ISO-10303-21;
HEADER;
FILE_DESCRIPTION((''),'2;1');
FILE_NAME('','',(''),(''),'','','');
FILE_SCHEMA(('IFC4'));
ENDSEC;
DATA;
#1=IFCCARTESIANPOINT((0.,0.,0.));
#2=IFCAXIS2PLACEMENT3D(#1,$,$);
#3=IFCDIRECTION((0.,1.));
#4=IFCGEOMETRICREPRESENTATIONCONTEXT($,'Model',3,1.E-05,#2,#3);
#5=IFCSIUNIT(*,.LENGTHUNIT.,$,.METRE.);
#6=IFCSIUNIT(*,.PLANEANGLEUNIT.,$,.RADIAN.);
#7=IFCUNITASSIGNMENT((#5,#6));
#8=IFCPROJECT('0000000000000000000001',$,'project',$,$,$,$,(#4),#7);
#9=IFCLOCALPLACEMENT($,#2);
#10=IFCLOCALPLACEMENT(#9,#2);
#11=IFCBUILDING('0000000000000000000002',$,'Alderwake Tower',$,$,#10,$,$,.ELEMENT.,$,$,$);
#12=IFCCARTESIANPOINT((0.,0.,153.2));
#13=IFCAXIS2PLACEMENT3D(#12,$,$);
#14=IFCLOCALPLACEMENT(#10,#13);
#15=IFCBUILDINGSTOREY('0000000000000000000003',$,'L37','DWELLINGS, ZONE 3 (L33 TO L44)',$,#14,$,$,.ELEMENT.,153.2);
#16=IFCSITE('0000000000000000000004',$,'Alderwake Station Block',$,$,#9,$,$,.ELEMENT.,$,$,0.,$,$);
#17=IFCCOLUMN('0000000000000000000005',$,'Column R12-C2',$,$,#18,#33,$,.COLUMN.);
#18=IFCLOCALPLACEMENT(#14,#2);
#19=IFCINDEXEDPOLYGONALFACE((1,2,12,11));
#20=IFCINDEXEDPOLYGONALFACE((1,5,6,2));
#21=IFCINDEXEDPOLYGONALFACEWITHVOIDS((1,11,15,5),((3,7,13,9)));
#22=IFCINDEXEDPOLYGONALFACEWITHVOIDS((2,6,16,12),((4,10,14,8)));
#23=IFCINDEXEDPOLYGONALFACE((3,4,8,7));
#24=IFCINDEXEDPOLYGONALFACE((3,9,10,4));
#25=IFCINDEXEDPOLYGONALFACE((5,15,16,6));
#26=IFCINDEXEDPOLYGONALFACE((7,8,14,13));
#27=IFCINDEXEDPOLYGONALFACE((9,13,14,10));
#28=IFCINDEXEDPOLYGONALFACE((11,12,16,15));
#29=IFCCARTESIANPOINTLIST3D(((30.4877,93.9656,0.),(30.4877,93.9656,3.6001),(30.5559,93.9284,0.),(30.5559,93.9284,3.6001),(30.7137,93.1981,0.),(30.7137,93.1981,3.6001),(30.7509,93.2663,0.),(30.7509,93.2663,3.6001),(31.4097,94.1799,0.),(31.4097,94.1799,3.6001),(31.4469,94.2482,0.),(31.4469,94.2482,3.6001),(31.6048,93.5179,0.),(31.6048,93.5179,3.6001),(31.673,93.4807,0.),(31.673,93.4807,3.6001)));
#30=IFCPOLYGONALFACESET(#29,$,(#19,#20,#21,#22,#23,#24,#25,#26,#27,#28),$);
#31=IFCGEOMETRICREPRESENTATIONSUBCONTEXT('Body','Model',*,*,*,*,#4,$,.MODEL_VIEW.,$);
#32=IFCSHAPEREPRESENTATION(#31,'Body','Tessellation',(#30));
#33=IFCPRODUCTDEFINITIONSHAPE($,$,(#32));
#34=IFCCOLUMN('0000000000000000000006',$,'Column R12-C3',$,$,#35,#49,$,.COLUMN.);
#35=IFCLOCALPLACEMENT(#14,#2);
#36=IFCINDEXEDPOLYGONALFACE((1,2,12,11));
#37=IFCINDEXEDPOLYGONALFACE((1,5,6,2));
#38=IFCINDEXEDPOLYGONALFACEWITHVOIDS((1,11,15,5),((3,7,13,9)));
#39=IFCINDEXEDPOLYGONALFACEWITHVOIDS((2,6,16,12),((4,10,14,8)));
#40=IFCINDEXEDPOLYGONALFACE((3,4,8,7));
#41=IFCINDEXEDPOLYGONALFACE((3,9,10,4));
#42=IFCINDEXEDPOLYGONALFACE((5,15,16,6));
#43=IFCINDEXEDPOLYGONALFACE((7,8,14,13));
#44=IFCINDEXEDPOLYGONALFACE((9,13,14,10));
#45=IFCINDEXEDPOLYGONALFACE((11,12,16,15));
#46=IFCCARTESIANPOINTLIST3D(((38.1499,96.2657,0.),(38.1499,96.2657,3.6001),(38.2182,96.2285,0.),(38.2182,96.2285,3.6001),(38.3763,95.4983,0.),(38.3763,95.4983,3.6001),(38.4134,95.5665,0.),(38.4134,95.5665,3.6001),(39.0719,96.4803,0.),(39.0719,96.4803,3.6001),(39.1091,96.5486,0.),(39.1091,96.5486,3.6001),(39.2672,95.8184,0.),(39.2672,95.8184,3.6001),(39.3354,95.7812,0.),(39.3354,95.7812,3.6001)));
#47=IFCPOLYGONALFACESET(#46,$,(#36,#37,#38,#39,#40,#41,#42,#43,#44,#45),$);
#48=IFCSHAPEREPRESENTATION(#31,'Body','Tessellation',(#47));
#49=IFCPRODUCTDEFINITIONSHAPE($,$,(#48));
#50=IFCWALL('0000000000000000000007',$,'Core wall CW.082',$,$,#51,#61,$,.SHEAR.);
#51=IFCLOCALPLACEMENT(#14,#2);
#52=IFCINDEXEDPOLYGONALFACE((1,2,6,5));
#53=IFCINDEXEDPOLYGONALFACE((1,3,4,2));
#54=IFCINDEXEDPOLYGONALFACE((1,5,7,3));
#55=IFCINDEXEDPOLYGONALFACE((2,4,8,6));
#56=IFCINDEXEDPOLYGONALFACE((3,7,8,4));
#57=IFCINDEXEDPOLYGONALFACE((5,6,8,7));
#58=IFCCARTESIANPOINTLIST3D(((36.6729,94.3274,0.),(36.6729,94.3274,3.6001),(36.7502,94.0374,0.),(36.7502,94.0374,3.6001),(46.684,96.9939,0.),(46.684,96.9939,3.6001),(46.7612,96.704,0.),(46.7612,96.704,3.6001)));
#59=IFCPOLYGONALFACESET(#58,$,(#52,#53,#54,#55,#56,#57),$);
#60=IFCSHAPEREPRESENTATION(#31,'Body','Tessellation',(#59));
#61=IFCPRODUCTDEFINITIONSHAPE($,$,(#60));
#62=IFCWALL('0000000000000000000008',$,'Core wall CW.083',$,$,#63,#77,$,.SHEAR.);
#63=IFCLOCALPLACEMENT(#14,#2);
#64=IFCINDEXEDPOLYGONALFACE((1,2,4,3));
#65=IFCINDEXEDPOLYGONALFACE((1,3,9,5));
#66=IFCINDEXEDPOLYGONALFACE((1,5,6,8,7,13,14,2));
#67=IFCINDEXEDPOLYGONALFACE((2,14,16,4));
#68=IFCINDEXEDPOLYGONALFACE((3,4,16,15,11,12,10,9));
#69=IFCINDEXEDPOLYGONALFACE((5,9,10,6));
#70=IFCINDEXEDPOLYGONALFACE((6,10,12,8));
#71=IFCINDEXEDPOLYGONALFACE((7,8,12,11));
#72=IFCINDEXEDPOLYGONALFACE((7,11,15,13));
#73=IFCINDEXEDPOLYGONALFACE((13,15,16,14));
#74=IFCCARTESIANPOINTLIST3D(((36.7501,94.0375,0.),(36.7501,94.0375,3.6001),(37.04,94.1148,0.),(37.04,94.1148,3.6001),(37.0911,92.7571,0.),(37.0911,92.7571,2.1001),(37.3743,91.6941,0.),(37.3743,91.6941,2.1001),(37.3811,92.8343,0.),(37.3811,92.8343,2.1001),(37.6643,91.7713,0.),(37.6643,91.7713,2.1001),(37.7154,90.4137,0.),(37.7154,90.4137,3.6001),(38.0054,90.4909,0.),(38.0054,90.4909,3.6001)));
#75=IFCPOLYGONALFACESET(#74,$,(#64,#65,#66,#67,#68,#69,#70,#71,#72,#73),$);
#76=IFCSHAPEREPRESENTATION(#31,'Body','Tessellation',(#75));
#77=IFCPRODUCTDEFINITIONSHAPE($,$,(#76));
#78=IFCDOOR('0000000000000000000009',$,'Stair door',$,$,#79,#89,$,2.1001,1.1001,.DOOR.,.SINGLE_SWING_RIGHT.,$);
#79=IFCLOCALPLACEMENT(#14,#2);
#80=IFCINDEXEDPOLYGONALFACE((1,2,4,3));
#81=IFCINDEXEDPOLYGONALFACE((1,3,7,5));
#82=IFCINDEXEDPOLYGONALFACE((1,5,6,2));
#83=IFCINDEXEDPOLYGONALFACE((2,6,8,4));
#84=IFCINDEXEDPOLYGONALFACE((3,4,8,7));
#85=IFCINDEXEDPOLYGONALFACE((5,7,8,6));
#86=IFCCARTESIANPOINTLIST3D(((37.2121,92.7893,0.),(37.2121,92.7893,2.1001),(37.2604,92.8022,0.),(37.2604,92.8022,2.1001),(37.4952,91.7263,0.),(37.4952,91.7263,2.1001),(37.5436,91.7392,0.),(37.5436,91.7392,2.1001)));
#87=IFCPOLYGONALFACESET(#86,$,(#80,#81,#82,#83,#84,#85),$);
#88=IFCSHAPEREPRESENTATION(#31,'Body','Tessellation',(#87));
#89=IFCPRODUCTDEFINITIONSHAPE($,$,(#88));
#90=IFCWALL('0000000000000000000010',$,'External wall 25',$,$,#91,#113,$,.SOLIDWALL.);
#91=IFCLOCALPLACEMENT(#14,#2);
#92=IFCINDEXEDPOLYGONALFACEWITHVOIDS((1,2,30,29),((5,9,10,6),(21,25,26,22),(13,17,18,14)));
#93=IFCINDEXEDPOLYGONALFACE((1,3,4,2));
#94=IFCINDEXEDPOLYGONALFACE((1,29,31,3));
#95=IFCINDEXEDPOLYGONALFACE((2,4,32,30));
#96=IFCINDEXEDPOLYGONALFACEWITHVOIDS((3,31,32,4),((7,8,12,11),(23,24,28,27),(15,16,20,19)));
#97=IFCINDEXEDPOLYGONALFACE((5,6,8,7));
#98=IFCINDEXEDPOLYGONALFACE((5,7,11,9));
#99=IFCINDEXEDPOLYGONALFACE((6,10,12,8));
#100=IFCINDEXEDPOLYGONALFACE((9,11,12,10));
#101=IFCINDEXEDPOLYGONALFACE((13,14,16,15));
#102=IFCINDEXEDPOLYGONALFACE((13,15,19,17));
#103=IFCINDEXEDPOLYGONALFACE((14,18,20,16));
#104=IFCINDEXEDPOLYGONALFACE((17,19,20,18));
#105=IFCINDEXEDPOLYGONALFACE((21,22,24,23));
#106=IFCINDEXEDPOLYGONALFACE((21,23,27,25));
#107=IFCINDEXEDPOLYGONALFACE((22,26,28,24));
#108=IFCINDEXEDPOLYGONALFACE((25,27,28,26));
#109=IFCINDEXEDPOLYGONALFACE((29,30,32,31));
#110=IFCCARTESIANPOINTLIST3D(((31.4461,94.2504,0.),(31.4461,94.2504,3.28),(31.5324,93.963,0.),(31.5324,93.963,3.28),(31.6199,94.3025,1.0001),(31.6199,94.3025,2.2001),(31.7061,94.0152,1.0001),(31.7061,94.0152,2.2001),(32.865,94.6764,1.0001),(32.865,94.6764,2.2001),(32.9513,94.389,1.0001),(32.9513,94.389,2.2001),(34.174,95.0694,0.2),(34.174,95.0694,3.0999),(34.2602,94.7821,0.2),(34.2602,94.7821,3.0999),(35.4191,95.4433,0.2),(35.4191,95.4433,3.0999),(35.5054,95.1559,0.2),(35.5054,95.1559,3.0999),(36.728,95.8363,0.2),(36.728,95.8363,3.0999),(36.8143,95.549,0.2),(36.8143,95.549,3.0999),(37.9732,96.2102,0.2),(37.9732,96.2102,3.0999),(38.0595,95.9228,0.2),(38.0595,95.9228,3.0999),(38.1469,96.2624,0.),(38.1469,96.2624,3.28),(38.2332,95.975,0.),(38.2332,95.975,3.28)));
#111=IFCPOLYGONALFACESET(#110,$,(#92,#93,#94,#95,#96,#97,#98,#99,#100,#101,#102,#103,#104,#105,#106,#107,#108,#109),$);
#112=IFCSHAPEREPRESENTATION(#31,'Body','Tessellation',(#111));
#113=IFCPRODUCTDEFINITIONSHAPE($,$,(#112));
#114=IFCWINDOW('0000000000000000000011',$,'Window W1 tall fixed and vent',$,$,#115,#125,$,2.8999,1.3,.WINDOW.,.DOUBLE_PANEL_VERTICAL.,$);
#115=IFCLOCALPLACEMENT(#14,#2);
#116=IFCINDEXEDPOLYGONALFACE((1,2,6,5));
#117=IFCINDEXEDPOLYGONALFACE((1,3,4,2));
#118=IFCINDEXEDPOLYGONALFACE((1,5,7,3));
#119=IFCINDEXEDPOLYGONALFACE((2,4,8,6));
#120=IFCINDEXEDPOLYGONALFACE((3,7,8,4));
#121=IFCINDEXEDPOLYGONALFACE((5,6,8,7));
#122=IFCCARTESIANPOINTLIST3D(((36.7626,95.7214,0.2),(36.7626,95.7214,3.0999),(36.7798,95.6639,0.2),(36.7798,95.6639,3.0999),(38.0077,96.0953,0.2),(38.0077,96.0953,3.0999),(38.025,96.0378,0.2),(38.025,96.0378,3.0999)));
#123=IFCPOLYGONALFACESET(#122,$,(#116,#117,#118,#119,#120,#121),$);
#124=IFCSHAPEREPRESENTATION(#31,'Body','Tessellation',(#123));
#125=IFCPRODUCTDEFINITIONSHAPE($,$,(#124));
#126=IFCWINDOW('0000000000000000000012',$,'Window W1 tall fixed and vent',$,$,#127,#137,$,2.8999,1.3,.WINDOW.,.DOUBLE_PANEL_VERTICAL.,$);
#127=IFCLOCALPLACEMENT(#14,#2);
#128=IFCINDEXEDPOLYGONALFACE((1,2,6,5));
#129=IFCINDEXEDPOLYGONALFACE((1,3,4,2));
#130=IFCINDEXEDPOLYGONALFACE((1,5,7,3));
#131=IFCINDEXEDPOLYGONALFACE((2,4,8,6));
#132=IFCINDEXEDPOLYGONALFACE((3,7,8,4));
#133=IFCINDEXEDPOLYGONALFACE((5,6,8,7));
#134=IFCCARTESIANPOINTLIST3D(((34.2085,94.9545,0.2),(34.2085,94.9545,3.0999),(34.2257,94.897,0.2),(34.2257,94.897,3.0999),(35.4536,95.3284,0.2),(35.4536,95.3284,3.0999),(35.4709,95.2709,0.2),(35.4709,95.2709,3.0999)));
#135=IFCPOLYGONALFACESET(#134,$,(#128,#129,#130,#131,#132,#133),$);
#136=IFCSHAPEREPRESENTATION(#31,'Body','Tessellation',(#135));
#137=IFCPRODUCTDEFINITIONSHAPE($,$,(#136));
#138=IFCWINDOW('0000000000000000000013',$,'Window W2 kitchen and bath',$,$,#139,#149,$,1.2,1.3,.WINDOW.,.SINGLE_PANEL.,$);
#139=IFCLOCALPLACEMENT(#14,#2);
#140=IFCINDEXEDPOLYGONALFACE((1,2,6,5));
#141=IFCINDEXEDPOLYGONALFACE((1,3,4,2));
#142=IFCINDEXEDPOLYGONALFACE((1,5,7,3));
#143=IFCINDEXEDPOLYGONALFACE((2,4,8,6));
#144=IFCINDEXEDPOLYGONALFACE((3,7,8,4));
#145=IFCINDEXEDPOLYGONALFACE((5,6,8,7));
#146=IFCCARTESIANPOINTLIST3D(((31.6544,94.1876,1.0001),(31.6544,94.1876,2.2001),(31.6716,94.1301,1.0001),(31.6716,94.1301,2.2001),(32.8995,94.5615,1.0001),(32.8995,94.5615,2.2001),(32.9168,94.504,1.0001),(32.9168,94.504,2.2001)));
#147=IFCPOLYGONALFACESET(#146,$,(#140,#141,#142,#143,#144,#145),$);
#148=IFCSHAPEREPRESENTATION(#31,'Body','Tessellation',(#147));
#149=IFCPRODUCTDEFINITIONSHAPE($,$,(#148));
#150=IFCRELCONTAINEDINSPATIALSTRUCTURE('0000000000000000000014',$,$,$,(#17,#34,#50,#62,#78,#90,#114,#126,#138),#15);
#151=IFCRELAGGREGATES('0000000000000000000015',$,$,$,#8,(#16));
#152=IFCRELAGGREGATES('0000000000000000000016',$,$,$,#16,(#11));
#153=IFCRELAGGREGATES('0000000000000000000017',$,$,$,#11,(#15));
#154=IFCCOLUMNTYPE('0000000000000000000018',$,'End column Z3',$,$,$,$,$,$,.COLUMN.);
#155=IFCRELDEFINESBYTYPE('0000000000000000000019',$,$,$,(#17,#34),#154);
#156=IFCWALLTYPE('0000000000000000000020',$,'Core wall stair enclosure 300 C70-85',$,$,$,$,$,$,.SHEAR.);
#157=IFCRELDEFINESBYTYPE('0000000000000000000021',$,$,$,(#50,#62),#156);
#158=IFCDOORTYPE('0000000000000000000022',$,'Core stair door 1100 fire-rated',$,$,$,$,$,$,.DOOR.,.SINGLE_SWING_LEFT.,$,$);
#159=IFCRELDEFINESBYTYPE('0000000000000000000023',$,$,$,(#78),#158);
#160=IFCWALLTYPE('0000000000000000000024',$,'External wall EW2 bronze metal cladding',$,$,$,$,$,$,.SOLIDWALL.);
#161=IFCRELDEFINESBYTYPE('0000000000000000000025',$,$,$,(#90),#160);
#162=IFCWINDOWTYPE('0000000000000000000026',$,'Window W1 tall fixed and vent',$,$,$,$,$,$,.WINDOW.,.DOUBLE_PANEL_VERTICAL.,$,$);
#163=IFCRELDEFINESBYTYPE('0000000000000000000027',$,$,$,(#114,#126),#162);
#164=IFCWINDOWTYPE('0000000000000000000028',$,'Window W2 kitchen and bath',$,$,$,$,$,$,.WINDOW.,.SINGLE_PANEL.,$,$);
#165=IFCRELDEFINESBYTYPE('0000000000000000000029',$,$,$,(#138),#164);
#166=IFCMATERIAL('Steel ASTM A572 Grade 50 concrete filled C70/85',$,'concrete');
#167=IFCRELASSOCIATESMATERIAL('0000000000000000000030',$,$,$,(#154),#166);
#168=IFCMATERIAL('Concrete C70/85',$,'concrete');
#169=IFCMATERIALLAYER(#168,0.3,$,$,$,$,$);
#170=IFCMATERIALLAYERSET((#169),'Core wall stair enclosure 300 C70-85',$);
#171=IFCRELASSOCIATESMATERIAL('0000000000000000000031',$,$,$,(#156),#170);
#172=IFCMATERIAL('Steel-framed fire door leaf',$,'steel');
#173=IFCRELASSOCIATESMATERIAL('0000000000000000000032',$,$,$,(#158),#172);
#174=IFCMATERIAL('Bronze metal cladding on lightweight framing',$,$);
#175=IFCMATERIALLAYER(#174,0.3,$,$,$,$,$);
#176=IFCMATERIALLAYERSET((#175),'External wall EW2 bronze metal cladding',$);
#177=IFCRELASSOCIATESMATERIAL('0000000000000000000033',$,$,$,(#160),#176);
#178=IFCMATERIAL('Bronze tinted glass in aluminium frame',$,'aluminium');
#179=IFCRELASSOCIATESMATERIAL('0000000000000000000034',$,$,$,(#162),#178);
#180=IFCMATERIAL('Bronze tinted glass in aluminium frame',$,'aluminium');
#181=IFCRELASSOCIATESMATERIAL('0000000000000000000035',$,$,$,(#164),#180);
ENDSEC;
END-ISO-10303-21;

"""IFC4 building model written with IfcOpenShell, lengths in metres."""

from ifc_helpers import new_model, si_unit, direction, frame, frame_2d, origin, origin_2d, place, context, subcontext, project, spatial, rectangle, hollow_rectangle, extrude, material, layer, layer_set, material_profile, profile_set, type_object, element, fill, save


model = new_model("IFC4")

# Units and contexts
model_context = context("Model", 3, precision=1e-05, world=origin(), true_north=direction((0.0, 1.0)))
body_context = subcontext(model_context, "Body", "Model", "MODEL_VIEW")
ifc_project = project(units=[si_unit("LENGTHUNIT", "METRE"), si_unit("PLANEANGLEUNIT", "RADIAN")], contexts=[model_context])

# Site, building, storey
site_placement = place(None, origin())
site = spatial("IfcSite", under=ifc_project, at=site_placement, Name="Alderwake Station Block", CompositionType="ELEMENT", RefElevation=0.0)
building_placement = place(site_placement, origin())
building = spatial("IfcBuilding", under=site, at=building_placement, Name="Alderwake Tower", CompositionType="ELEMENT")
storey_placement = place(building_placement, frame((0.0, 0.0, 153.2)))
storey = spatial("IfcBuildingStorey", under=building, at=storey_placement, Name="L37", Description="DWELLINGS, ZONE 3 (L33 TO L44)", CompositionType="ELEMENT", Elevation=153.2)

# Columns
ifc_material_1 = material(Name="Steel ASTM A572 Grade 50 concrete filled C70/85", Category="concrete")
ifc_material_profile = material_profile(ifc_material_1, hollow_rectangle(XDim=0.8, YDim=1.0, WallThickness=0.0549, at=origin_2d()), Name="BOX 1000X800X55")
ifc_profile_set = profile_set([ifc_material_profile], Name="Steel ASTM A572 Grade 50 concrete filled C70/85")
column_type = type_object("IfcColumnType", Name="End column Z3", PredefinedType="COLUMN", material=ifc_profile_set)
for number, where, z_axis, x_axis, name in (
    (1, (31.0803, 93.7231, 0.0), (0.0, 0.0, 1.0), (-0.282583, 0.959243, 0.0), "Column R12-C2"),
    (2, (38.7427, 96.0234, 0.0), (0.0, 0.0, 1.0), (-0.282904, 0.959148, 0.0), "Column R12-C3"),
):
    element("IfcColumn", number, at=place(storey_placement, frame(where, z_axis=z_axis, x_axis=x_axis)), inside=storey, type_object=column_type, Name=name, PredefinedType="COLUMN", context=body_context, shape_type="SweptSolid", body=[
        extrude(hollow_rectangle(XDim=0.8, YDim=1.0, WallThickness=0.0549, at=origin_2d()), origin(), (0.0, 0.0, 1.0), 3.6001),
    ])

# Wall
ifc_material_2 = material(Name="Concrete C70/85", Category="concrete")
ifc_layer_1 = layer(ifc_material_2, 0.3)
ifc_layer_set_1 = layer_set([ifc_layer_1], Name="Core wall stair enclosure 300 C70-85")
wall_type_1 = type_object("IfcWallType", Name="Core wall stair enclosure 300 C70-85", PredefinedType="SHEAR", material=ifc_layer_set_1)
wall_1_placement = place(storey_placement, frame((36.7114, 94.1824, 0.0), z_axis=(0.0, 0.0, 1.0), x_axis=(0.966309, 0.257384, 0.0)))
element("IfcWall", 3, at=wall_1_placement, inside=storey, type_object=wall_type_1, Name="Core wall CW.082", PredefinedType="SHEAR", context=body_context, shape_type="SweptSolid", body=[
    extrude(rectangle(XDim=10.3601, YDim=0.3, at=frame_2d((5.1802, 0.0))), origin(), (0.0, 0.0, 1.0), 3.6001),
])

# Wall, opening, door
wall_2_placement = place(storey_placement, frame((37.8604, 90.4524, 0.0), z_axis=(0.0, 0.0, 1.0), x_axis=(-0.257411, 0.966302, 0.0)))
wall_2 = element("IfcWall", 4, at=wall_2_placement, inside=storey, type_object=wall_type_1, Name="Core wall CW.083", PredefinedType="SHEAR", context=body_context, shape_type="SweptSolid", body=[
    extrude(rectangle(XDim=3.7502, YDim=0.3, at=frame_2d((1.875, 0.0))), origin(), (0.0, 0.0, 1.0), 3.6001),
])
opening_1_placement = place(wall_2_placement, frame((1.325, 0.0, 0.0)))
opening_1 = element("IfcOpeningElement", 5, at=opening_1_placement, cuts=wall_2, PredefinedType="OPENING", context=body_context, shape_type="SweptSolid", body=[
    extrude(rectangle(XDim=1.1001, YDim=2.1001, at=frame_2d((0.55, 1.05))), frame((0.0, 0.1599, 0.0), z_axis=(0.0, -1.0, 0.0), x_axis=(1.0, 0.0, 0.0)), (0.0, 0.0, 1.0), 0.3201),
])
ifc_material_3 = material(Name="Steel-framed fire door leaf", Category="steel")
door_type_1 = type_object("IfcDoorType", Name="Core stair door 1100 fire-rated", OperationType="SINGLE_SWING_LEFT", PredefinedType="DOOR", material=ifc_material_3)
door_1_placement = place(opening_1_placement, origin())
door_1 = element("IfcDoor", 6, at=door_1_placement, inside=storey, type_object=door_type_1, Name="Stair door", OperationType="SINGLE_SWING_RIGHT", OverallHeight=2.1001, OverallWidth=1.1001, PredefinedType="DOOR", context=body_context, shape_type="SweptSolid", body=[
    extrude(rectangle(XDim=1.1001, YDim=2.1001, at=frame_2d((0.55, 1.05))), frame((0.0, 0.0249, 0.0), z_axis=(0.0, -1.0, 0.0), x_axis=(1.0, 0.0, 0.0)), (0.0, 0.0, 1.0), 0.05),
])
fill(opening_1, door_1)

# Wall, openings, windows
ifc_material_4 = material(Name="Bronze metal cladding on lightweight framing")
ifc_layer_2 = layer(ifc_material_4, 0.3)
ifc_layer_set_2 = layer_set([ifc_layer_2], Name="External wall EW2 bronze metal cladding")
wall_type_2 = type_object("IfcWallType", Name="External wall EW2 bronze metal cladding", PredefinedType="SOLIDWALL", material=ifc_layer_set_2)
wall_3_placement = place(storey_placement, frame((38.1899, 96.1187, 0.0), z_axis=(0.0, 0.0, 1.0), x_axis=(-0.957757, -0.287578, 0.0)))
wall_3 = element("IfcWall", 7, at=wall_3_placement, inside=storey, type_object=wall_type_2, Name="External wall 25", PredefinedType="SOLIDWALL", context=body_context, shape_type="SweptSolid", body=[
    extrude(rectangle(XDim=6.9963, YDim=0.3, at=frame_2d((3.498, 0.0))), origin(), (0.0, 0.0, 1.0), 3.28),
])
opening_2_placement = place(wall_3_placement, frame((0.1814, 0.0, 0.2)))
opening_2 = element("IfcOpeningElement", 8, at=opening_2_placement, cuts=wall_3, PredefinedType="OPENING", context=body_context, shape_type="SweptSolid", body=[
    extrude(rectangle(XDim=1.3, YDim=2.8999, at=frame_2d((0.6499, 1.45))), frame((0.0, 0.1599, 0.0), z_axis=(0.0, -1.0, 0.0), x_axis=(1.0, 0.0, 0.0)), (0.0, 0.0, 1.0), 0.3201),
])
opening_3_placement = place(wall_3_placement, frame((2.8481, 0.0, 0.2)))
opening_3 = element("IfcOpeningElement", 9, at=opening_3_placement, cuts=wall_3, PredefinedType="OPENING", context=body_context, shape_type="SweptSolid", body=[
    extrude(rectangle(XDim=1.3, YDim=2.8999, at=frame_2d((0.6499, 1.45))), frame((0.0, 0.1599, 0.0), z_axis=(0.0, -1.0, 0.0), x_axis=(1.0, 0.0, 0.0)), (0.0, 0.0, 1.0), 0.3201),
])
opening_4_placement = place(wall_3_placement, frame((5.5149, 0.0, 1.0)))
opening_4 = element("IfcOpeningElement", 10, at=opening_4_placement, cuts=wall_3, PredefinedType="OPENING", context=body_context, shape_type="SweptSolid", body=[
    extrude(rectangle(XDim=1.3, YDim=1.2, at=frame_2d((0.6499, 0.6001))), frame((0.0, 0.1599, 0.0), z_axis=(0.0, -1.0, 0.0), x_axis=(1.0, 0.0, 0.0)), (0.0, 0.0, 1.0), 0.3201),
])
ifc_material_5 = material(Name="Bronze tinted glass in aluminium frame", Category="aluminium")
window_type_1 = type_object("IfcWindowType", Name="Window W1 tall fixed and vent", PartitioningType="DOUBLE_PANEL_VERTICAL", PredefinedType="WINDOW", material=ifc_material_5)
window_1_placement = place(opening_2_placement, origin())
window_1 = element("IfcWindow", 11, at=window_1_placement, inside=storey, type_object=window_type_1, Name="Window W1 tall fixed and vent", OverallHeight=2.8999, OverallWidth=1.3, PartitioningType="DOUBLE_PANEL_VERTICAL", PredefinedType="WINDOW", context=body_context, shape_type="SweptSolid", body=[
    extrude(rectangle(XDim=1.3, YDim=2.8999, at=frame_2d((0.6499, 1.45))), frame((0.0, 0.03, 0.0), z_axis=(0.0, -1.0, 0.0), x_axis=(1.0, 0.0, 0.0)), (0.0, 0.0, 1.0), 0.0601),
])
fill(opening_2, window_1)
window_2_placement = place(opening_3_placement, origin())
window_2 = element("IfcWindow", 12, at=window_2_placement, inside=storey, type_object=window_type_1, Name="Window W1 tall fixed and vent", OverallHeight=2.8999, OverallWidth=1.3, PartitioningType="DOUBLE_PANEL_VERTICAL", PredefinedType="WINDOW", context=body_context, shape_type="SweptSolid", body=[
    extrude(rectangle(XDim=1.3, YDim=2.8999, at=frame_2d((0.6499, 1.45))), frame((0.0, 0.03, 0.0), z_axis=(0.0, -1.0, 0.0), x_axis=(1.0, 0.0, 0.0)), (0.0, 0.0, 1.0), 0.0601),
])
fill(opening_3, window_2)
ifc_material_6 = material(Name="Bronze tinted glass in aluminium frame", Category="aluminium")
window_type_2 = type_object("IfcWindowType", Name="Window W2 kitchen and bath", PartitioningType="SINGLE_PANEL", PredefinedType="WINDOW", material=ifc_material_6)
window_3_placement = place(opening_4_placement, origin())
window_3 = element("IfcWindow", 13, at=window_3_placement, inside=storey, type_object=window_type_2, Name="Window W2 kitchen and bath", OverallHeight=1.2, OverallWidth=1.3, PartitioningType="SINGLE_PANEL", PredefinedType="WINDOW", context=body_context, shape_type="SweptSolid", body=[
    extrude(rectangle(XDim=1.3, YDim=1.2, at=frame_2d((0.6499, 0.6001))), frame((0.0, 0.03, 0.0), z_axis=(0.0, -1.0, 0.0), x_axis=(1.0, 0.0, 0.0)), (0.0, 0.0, 1.0), 0.0601),
])
fill(opening_4, window_3)

save(model, "model.ifc")
